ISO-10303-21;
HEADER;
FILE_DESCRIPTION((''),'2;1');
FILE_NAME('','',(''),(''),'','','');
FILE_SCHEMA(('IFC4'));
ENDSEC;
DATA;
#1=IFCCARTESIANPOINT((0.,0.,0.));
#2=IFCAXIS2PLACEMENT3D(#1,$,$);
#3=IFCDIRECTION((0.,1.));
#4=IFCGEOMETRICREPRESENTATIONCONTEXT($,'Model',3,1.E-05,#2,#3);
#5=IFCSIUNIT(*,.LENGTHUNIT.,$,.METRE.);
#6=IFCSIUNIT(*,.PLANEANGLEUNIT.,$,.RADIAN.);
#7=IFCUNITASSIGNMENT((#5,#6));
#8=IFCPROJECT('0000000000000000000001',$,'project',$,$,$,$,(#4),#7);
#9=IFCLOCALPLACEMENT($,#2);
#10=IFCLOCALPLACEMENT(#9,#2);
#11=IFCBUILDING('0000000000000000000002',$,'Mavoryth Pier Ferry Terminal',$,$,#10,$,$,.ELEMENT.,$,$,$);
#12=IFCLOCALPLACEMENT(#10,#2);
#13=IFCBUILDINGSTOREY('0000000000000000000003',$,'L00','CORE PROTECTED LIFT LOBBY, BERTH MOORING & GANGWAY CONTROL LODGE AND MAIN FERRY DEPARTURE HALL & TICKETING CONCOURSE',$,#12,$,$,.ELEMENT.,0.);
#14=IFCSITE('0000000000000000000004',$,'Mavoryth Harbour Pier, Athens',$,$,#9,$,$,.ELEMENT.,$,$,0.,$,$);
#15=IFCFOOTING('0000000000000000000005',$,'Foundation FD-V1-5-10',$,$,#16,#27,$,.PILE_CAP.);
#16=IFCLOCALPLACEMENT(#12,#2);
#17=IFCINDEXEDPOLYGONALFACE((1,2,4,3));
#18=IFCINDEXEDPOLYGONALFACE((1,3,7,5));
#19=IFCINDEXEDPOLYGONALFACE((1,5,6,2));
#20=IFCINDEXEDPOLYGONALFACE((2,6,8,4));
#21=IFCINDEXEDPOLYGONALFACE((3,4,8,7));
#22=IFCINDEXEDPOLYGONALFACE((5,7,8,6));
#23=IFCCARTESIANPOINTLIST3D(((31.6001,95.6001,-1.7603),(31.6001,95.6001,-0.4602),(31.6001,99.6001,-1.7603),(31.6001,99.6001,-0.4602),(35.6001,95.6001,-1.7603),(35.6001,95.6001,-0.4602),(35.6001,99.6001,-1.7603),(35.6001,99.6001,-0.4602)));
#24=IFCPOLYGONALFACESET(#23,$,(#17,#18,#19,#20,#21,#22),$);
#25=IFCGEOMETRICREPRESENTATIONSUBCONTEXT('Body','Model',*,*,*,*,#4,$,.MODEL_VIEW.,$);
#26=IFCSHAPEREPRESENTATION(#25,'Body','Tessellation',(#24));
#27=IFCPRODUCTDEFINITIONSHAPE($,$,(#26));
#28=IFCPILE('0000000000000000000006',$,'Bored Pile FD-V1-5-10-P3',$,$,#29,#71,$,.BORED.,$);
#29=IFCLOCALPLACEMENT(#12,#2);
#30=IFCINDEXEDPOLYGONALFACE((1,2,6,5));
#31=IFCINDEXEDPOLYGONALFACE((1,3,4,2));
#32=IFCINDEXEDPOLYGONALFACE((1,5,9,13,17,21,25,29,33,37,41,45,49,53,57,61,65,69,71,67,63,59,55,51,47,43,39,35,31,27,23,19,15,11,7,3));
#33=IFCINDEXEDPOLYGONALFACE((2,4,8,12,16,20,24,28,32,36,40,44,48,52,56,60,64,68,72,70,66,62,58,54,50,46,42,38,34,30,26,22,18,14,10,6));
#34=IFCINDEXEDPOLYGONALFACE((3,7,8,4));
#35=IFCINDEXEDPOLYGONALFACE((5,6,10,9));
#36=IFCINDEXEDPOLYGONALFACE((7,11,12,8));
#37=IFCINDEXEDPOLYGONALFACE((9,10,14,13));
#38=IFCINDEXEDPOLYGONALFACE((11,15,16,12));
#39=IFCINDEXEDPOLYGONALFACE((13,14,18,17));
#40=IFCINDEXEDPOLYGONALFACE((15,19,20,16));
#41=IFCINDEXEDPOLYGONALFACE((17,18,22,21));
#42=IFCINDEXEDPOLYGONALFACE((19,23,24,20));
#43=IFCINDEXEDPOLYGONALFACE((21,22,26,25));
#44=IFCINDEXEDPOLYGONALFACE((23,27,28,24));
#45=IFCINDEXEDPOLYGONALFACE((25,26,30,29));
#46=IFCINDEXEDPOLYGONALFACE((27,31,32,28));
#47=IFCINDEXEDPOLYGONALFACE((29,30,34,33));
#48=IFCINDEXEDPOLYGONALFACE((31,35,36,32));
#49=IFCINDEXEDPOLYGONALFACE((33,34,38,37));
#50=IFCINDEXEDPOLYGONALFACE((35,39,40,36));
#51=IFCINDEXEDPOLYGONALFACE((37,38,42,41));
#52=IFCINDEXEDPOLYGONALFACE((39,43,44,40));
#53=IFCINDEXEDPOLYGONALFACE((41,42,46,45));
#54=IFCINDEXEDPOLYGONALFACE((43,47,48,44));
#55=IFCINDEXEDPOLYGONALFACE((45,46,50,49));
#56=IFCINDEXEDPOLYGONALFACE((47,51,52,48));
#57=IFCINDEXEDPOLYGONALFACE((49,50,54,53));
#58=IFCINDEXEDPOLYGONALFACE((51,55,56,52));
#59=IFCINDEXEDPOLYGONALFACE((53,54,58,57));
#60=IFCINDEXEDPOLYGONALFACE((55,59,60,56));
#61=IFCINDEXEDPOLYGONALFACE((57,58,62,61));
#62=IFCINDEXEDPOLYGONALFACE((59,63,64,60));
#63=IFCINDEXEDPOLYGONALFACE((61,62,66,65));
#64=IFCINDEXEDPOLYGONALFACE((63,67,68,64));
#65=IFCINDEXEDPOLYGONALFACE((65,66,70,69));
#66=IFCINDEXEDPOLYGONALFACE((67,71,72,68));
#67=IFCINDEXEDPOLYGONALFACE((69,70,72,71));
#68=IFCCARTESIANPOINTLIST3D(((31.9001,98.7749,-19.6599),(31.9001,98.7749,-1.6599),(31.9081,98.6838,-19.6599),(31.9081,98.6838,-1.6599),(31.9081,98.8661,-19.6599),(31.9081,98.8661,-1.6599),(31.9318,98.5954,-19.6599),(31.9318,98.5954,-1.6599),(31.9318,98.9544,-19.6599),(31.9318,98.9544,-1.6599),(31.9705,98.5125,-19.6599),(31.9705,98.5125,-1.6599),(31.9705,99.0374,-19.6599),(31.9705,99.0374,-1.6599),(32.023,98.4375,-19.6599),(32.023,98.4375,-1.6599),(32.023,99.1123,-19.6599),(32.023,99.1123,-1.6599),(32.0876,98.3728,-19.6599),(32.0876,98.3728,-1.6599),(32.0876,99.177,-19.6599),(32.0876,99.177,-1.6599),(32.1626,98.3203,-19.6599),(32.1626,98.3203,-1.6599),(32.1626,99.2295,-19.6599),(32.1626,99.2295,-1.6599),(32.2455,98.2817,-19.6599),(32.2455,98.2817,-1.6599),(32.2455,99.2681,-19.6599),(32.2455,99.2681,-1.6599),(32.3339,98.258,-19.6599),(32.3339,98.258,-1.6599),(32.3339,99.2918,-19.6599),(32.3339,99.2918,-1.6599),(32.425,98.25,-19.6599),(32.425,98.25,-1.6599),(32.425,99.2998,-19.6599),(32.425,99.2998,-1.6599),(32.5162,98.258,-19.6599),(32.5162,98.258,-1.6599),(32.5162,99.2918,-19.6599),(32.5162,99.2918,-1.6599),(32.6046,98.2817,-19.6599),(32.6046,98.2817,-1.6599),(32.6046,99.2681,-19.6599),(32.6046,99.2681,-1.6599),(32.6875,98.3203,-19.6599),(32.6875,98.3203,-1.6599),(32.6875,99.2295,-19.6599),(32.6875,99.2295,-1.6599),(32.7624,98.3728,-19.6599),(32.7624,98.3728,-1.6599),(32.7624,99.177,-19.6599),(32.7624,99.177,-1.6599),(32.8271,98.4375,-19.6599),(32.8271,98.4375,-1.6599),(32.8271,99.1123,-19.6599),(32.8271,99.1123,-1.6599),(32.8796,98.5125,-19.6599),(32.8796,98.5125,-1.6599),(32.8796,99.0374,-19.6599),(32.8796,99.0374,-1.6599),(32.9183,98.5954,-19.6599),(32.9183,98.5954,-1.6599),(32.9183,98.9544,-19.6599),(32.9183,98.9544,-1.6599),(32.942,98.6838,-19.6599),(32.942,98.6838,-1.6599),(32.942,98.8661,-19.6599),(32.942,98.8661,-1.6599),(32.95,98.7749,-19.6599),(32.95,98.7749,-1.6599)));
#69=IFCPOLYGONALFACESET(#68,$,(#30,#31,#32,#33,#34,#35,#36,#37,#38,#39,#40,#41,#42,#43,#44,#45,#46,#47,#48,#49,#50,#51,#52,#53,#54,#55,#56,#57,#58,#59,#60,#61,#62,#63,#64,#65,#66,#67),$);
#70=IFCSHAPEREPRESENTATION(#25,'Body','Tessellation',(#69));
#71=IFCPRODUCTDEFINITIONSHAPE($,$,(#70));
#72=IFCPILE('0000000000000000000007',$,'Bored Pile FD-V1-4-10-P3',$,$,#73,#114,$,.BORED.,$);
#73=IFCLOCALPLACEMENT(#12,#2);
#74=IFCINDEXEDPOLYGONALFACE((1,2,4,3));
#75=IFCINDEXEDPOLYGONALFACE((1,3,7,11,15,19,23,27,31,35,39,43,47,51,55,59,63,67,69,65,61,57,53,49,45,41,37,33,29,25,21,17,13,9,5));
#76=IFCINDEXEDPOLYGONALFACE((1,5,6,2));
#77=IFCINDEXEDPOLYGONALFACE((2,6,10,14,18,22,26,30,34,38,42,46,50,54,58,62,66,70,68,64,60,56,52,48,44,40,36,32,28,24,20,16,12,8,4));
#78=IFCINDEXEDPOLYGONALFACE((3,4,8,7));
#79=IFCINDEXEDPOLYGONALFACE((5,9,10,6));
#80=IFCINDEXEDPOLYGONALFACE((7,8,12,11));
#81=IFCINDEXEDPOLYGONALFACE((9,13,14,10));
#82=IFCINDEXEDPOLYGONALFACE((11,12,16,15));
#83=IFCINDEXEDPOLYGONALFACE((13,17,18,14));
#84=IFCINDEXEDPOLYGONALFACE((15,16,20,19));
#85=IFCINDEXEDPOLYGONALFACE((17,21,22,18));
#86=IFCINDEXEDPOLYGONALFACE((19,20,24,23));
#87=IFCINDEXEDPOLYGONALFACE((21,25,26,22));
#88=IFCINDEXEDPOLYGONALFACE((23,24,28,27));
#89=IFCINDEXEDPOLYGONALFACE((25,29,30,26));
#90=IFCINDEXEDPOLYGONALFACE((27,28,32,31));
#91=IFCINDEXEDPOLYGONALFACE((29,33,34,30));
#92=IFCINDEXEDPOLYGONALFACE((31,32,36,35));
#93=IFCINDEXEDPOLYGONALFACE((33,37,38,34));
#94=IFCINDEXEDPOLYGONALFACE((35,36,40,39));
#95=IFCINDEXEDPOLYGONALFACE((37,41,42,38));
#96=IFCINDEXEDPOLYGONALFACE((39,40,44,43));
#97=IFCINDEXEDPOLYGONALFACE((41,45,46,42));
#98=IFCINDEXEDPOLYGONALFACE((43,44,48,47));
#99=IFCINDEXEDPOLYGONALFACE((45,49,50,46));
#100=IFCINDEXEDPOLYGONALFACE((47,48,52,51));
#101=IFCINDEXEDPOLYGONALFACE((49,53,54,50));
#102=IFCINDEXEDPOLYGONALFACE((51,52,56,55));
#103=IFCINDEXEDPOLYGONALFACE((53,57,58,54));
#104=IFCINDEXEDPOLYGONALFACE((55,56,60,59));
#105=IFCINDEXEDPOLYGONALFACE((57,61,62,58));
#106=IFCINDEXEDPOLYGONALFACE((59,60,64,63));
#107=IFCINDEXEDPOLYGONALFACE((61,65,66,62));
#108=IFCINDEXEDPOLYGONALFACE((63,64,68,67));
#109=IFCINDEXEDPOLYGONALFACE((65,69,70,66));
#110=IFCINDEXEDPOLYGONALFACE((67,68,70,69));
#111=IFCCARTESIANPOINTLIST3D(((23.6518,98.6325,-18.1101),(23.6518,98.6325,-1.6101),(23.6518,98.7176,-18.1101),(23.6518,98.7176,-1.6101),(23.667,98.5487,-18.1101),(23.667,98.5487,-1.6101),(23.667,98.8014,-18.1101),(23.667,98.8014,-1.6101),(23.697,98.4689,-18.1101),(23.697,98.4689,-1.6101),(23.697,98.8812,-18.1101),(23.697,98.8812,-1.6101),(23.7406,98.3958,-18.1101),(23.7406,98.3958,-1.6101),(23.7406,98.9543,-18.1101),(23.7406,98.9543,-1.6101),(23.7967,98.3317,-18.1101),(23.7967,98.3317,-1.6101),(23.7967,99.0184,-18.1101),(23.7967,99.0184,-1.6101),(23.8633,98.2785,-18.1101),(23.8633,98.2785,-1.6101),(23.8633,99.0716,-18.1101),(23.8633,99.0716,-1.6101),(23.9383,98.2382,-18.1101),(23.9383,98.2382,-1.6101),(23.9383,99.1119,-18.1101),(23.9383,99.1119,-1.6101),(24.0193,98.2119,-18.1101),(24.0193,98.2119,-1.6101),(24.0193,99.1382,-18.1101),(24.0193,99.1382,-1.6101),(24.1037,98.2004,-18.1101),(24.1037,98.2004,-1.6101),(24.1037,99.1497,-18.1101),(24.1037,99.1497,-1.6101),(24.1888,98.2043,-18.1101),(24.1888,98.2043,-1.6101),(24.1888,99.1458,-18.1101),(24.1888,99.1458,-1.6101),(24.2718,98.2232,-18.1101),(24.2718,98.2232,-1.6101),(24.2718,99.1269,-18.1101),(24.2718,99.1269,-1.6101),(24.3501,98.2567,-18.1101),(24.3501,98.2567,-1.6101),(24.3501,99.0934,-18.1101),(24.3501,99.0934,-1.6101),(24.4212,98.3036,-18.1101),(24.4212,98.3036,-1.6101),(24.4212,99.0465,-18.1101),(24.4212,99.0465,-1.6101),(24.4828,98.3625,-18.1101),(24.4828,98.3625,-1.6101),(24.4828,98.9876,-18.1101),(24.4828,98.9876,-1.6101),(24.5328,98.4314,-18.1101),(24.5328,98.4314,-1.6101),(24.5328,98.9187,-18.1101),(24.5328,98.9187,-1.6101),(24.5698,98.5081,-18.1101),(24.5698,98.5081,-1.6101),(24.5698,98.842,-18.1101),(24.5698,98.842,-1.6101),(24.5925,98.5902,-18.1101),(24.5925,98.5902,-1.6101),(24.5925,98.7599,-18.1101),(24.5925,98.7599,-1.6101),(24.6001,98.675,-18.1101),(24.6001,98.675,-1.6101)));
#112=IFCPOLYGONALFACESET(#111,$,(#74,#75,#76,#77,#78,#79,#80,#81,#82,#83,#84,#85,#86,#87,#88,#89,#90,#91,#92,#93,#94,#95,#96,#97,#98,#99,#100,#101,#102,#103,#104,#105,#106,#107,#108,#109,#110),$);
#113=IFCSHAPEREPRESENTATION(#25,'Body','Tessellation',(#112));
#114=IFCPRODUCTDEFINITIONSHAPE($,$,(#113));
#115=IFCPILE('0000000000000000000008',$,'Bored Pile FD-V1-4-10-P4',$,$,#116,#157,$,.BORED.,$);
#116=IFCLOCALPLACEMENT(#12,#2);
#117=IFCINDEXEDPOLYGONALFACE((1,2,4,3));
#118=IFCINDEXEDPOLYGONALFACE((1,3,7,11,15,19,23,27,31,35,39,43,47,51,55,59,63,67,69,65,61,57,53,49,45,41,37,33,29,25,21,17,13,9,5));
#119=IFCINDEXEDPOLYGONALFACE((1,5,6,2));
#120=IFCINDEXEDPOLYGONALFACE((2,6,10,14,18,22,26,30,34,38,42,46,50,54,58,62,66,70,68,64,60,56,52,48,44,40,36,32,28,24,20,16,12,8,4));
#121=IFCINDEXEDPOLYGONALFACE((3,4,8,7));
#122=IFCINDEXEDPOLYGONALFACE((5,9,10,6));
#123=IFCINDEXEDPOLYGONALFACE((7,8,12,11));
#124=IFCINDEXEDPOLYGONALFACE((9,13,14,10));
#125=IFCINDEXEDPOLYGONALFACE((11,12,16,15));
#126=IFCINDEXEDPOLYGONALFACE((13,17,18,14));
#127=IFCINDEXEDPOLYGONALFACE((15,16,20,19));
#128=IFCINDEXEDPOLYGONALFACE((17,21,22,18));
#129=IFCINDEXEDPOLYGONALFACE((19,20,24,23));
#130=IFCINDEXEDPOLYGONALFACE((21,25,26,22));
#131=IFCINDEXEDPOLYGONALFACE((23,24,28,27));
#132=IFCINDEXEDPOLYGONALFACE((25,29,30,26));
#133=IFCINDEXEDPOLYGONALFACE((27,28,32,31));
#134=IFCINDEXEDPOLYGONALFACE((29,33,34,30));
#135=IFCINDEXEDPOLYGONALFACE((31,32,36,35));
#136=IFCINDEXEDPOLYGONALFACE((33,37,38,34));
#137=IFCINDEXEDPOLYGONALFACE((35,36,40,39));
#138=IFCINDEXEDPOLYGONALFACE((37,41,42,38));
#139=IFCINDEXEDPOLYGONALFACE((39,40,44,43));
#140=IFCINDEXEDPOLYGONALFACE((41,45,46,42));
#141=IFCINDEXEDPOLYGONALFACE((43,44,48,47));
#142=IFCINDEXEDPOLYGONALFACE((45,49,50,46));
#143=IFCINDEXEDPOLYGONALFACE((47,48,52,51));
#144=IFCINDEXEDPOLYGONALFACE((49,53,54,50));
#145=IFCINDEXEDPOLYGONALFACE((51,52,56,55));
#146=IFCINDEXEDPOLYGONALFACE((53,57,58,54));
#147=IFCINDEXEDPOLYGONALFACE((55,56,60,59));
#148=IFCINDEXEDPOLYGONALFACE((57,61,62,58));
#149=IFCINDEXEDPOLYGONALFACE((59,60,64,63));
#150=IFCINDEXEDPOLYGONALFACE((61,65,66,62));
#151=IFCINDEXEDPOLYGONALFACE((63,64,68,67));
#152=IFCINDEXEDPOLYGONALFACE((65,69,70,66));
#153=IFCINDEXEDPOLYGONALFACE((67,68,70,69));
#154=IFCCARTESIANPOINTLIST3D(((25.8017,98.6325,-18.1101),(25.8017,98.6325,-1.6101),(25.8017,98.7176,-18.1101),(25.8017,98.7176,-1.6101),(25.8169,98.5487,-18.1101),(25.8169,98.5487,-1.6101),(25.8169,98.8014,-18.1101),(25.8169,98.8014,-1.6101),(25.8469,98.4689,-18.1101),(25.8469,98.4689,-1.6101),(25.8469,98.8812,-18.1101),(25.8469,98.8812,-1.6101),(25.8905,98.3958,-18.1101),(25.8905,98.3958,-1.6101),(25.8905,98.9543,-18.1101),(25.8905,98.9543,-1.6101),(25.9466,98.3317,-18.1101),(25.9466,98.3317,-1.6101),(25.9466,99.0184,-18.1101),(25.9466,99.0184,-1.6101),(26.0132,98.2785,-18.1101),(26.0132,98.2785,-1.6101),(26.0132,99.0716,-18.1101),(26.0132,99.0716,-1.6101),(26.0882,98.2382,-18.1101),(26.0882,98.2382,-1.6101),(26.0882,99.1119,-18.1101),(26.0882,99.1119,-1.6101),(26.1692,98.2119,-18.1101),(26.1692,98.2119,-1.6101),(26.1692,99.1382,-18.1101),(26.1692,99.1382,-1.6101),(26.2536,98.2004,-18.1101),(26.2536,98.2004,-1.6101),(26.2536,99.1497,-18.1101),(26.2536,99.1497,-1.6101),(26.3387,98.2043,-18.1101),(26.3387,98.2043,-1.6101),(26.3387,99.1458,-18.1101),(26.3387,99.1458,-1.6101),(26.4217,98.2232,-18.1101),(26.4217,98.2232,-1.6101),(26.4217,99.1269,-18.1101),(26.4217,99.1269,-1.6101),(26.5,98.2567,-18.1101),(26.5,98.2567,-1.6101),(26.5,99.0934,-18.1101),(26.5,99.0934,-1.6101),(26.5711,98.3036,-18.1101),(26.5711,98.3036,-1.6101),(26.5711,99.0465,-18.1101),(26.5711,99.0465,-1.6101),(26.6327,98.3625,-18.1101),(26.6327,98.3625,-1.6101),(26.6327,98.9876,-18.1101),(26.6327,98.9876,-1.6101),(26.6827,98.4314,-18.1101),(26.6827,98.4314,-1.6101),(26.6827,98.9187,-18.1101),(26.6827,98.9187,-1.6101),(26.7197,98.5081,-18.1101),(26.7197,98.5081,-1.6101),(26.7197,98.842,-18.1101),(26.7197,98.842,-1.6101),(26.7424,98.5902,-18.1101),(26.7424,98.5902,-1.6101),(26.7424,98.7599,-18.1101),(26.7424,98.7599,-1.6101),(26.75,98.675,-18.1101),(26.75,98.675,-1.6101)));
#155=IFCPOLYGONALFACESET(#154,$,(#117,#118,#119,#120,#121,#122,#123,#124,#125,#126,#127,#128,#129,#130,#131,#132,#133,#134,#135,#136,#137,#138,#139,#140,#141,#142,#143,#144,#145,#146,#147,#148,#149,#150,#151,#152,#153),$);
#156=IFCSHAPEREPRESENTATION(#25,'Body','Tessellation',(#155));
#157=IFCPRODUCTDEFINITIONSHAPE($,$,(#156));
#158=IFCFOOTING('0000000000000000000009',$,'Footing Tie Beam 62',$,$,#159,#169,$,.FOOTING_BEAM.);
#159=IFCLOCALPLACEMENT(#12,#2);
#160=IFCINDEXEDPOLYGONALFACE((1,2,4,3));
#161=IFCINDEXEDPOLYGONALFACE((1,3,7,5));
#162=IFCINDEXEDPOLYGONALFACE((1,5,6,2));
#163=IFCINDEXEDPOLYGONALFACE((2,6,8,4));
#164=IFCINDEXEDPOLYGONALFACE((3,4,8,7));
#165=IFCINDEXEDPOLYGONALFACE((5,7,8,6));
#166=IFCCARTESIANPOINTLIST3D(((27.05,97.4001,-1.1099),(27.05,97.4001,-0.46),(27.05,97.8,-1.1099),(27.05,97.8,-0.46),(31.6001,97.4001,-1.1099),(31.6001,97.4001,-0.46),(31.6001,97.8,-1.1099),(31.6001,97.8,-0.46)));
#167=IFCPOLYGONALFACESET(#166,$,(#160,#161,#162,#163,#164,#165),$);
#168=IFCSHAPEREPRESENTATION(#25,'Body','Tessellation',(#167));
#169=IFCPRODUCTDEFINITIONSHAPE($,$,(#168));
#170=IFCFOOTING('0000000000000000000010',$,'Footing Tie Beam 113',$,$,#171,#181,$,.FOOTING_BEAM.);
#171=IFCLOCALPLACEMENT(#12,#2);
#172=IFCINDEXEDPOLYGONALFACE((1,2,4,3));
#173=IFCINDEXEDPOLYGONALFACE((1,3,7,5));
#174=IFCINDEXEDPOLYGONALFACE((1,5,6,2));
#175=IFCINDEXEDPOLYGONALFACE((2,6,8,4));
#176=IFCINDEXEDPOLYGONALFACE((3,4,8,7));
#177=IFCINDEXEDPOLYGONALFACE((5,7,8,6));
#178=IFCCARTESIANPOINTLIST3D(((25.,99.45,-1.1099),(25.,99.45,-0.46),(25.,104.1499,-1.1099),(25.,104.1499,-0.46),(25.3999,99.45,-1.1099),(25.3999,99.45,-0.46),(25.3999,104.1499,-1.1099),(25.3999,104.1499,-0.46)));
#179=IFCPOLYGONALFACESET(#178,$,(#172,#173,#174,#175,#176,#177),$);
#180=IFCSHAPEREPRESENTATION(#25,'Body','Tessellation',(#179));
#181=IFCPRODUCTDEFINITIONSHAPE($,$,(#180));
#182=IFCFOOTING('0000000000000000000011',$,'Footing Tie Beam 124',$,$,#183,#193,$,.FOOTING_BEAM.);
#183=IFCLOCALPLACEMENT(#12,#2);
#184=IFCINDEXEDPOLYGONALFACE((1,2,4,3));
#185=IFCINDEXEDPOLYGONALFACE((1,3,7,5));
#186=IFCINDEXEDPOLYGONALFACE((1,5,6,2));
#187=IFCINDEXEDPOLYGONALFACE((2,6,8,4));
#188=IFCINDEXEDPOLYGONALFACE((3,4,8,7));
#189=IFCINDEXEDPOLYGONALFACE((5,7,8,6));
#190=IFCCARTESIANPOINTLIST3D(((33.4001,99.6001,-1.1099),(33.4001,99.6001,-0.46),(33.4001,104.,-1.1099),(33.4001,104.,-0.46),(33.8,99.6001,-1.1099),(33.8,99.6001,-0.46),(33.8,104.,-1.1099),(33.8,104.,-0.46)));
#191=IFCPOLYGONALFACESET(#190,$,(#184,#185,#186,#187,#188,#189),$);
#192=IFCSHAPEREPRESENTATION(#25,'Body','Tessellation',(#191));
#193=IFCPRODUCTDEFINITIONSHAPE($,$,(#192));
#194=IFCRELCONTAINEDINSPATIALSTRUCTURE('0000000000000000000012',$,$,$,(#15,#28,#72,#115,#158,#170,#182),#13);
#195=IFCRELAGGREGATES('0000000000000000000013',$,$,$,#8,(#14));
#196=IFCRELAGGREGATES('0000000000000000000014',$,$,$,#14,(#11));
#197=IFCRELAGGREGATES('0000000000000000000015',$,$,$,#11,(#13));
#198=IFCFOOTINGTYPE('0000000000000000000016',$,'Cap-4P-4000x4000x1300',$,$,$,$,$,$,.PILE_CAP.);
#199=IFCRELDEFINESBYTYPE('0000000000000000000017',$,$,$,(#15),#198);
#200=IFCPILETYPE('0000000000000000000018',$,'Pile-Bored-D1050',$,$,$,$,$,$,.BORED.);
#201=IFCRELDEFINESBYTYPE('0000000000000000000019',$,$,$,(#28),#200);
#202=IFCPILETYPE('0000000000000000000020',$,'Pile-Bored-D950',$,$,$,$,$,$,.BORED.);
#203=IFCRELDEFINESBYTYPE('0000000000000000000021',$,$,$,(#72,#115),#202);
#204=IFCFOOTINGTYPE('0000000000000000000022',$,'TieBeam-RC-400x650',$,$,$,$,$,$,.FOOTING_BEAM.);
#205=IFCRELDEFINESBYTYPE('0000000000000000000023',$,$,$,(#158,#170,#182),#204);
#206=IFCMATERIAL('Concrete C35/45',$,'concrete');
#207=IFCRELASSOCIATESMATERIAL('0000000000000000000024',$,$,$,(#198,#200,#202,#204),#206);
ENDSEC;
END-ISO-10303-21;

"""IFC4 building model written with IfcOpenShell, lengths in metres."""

from ifc_helpers import new_model, si_unit, direction, frame, origin, origin_2d, place, context, subcontext, project, spatial, rectangle, circle, extrude, material, material_profile, profile_set, type_object, element, save


model = new_model("IFC4")

# Units and contexts
model_context = context("Model", 3, precision=1e-05, world=origin(), true_north=direction((0.0, 1.0)))
body_context = subcontext(model_context, "Body", "Model", "MODEL_VIEW")
ifc_project = project(units=[si_unit("LENGTHUNIT", "METRE"), si_unit("PLANEANGLEUNIT", "RADIAN")], contexts=[model_context])

# Site, building, storey
site_placement = place(None, origin())
site = spatial("IfcSite", under=ifc_project, at=site_placement, Name="Mavoryth Harbour Pier, Athens", CompositionType="ELEMENT", RefElevation=0.0)
building_placement = place(site_placement, origin())
building = spatial("IfcBuilding", under=site, at=building_placement, Name="Mavoryth Pier Ferry Terminal", CompositionType="ELEMENT")
storey_placement = place(building_placement, origin())
storey = spatial("IfcBuildingStorey", under=building, at=storey_placement, Name="L00", Description="CORE PROTECTED LIFT LOBBY, BERTH MOORING & GANGWAY CONTROL LODGE AND MAIN FERRY DEPARTURE HALL & TICKETING CONCOURSE", CompositionType="ELEMENT", Elevation=0.0)

# Footing
ifc_material_1 = material(Name="Concrete C35/45", Category="concrete")
footing_type_1 = type_object("IfcFootingType", Name="Cap-4P-4000x4000x1300", PredefinedType="PILE_CAP", material=ifc_material_1)
footing_1_placement = place(storey_placement, frame((33.6001, 97.6001, -1.7603), z_axis=(0.0, 0.0, 1.0), x_axis=(1.0, 0.0, 0.0)))
element("IfcFooting", 1, at=footing_1_placement, inside=storey, type_object=footing_type_1, Name="Foundation FD-V1-5-10", PredefinedType="PILE_CAP", context=body_context, shape_type="SweptSolid", body=[
    extrude(rectangle(XDim=4.0, YDim=4.0, at=origin_2d()), origin(), (0.0, 0.0, 1.0), 1.3),
])

# Piles
ifc_material_profile_1 = material_profile(ifc_material_1, circle(Radius=0.5249, at=origin_2d()), Name="PILE D1050", Category="concrete")
ifc_profile_set_1 = profile_set([ifc_material_profile_1], Name="Concrete C35/45 - PILE D1050")
pile_type_1 = type_object("IfcPileType", Name="Pile-Bored-D1050", PredefinedType="BORED", material=ifc_profile_set_1)
pile_placement = place(storey_placement, frame((32.425, 98.7749, -1.6599), z_axis=(0.0, 0.0, -1.0), x_axis=(1.0, 0.0, 0.0)))
element("IfcPile", 2, at=pile_placement, inside=storey, type_object=pile_type_1, Name="Bored Pile FD-V1-5-10-P3", PredefinedType="BORED", context=body_context, shape_type="SweptSolid", body=[
    extrude(circle(Radius=0.5249, at=origin_2d()), origin(), (0.0, 0.0, 1.0), 18.0),
])
ifc_material_profile_2 = material_profile(ifc_material_1, circle(Radius=0.4751, at=origin_2d()), Name="PILE D950", Category="concrete")
ifc_profile_set_2 = profile_set([ifc_material_profile_2], Name="Concrete C35/45 - PILE D950")
pile_type_2 = type_object("IfcPileType", Name="Pile-Bored-D950", PredefinedType="BORED", material=ifc_profile_set_2)
for number, where, z_axis, x_axis, name in (
    (3, (24.125, 98.675, -1.6101), (0.0, 0.0, -1.0), (1.0, 0.0, 0.0), "Bored Pile FD-V1-4-10-P3"),
    (4, (26.2749, 98.675, -1.6101), (0.0, 0.0, -1.0), (1.0, 0.0, 0.0), "Bored Pile FD-V1-4-10-P4"),
):
    element("IfcPile", number, at=place(storey_placement, frame(where, z_axis=z_axis, x_axis=x_axis)), inside=storey, type_object=pile_type_2, Name=name, PredefinedType="BORED", context=body_context, shape_type="SweptSolid", body=[
        extrude(circle(Radius=0.4751, at=origin_2d()), origin(), (0.0, 0.0, 1.0), 16.5),
    ])

# Footings
ifc_material_profile_3 = material_profile(ifc_material_1, rectangle(XDim=0.3999, YDim=0.6499, at=origin_2d()), Name="RC 400x650", Category="concrete")
ifc_profile_set_3 = profile_set([ifc_material_profile_3], Name="Concrete C35/45 - RC 400x650")
footing_type_2 = type_object("IfcFootingType", Name="TieBeam-RC-400x650", PredefinedType="FOOTING_BEAM", material=ifc_profile_set_3)
footing_2_placement = place(storey_placement, frame((27.05, 97.6001, -0.7849), z_axis=(1.0, 0.0, 0.0), x_axis=(0.0, 1.0, 0.0)))
element("IfcFooting", 5, at=footing_2_placement, inside=storey, type_object=footing_type_2, Name="Footing Tie Beam 62", PredefinedType="FOOTING_BEAM", context=body_context, shape_type="SweptSolid", body=[
    extrude(rectangle(XDim=0.3999, YDim=0.6499, at=origin_2d()), origin(), (0.0, 0.0, 1.0), 4.55),
])
footing_3_placement = place(storey_placement, frame((25.2, 99.45, -0.7849), z_axis=(0.0, 1.0, 0.0), x_axis=(-1.0, 0.0, 0.0)))
element("IfcFooting", 6, at=footing_3_placement, inside=storey, type_object=footing_type_2, Name="Footing Tie Beam 113", PredefinedType="FOOTING_BEAM", context=body_context, shape_type="SweptSolid", body=[
    extrude(rectangle(XDim=0.3999, YDim=0.6499, at=origin_2d()), origin(), (0.0, 0.0, 1.0), 4.7),
])
footing_4_placement = place(storey_placement, frame((33.6001, 99.6001, -0.7849), z_axis=(0.0, 1.0, 0.0), x_axis=(-1.0, 0.0, 0.0)))
element("IfcFooting", 7, at=footing_4_placement, inside=storey, type_object=footing_type_2, Name="Footing Tie Beam 124", PredefinedType="FOOTING_BEAM", context=body_context, shape_type="SweptSolid", body=[
    extrude(rectangle(XDim=0.3999, YDim=0.6499, at=origin_2d()), origin(), (0.0, 0.0, 1.0), 4.3999),
])

save(model, "model.ifc")
